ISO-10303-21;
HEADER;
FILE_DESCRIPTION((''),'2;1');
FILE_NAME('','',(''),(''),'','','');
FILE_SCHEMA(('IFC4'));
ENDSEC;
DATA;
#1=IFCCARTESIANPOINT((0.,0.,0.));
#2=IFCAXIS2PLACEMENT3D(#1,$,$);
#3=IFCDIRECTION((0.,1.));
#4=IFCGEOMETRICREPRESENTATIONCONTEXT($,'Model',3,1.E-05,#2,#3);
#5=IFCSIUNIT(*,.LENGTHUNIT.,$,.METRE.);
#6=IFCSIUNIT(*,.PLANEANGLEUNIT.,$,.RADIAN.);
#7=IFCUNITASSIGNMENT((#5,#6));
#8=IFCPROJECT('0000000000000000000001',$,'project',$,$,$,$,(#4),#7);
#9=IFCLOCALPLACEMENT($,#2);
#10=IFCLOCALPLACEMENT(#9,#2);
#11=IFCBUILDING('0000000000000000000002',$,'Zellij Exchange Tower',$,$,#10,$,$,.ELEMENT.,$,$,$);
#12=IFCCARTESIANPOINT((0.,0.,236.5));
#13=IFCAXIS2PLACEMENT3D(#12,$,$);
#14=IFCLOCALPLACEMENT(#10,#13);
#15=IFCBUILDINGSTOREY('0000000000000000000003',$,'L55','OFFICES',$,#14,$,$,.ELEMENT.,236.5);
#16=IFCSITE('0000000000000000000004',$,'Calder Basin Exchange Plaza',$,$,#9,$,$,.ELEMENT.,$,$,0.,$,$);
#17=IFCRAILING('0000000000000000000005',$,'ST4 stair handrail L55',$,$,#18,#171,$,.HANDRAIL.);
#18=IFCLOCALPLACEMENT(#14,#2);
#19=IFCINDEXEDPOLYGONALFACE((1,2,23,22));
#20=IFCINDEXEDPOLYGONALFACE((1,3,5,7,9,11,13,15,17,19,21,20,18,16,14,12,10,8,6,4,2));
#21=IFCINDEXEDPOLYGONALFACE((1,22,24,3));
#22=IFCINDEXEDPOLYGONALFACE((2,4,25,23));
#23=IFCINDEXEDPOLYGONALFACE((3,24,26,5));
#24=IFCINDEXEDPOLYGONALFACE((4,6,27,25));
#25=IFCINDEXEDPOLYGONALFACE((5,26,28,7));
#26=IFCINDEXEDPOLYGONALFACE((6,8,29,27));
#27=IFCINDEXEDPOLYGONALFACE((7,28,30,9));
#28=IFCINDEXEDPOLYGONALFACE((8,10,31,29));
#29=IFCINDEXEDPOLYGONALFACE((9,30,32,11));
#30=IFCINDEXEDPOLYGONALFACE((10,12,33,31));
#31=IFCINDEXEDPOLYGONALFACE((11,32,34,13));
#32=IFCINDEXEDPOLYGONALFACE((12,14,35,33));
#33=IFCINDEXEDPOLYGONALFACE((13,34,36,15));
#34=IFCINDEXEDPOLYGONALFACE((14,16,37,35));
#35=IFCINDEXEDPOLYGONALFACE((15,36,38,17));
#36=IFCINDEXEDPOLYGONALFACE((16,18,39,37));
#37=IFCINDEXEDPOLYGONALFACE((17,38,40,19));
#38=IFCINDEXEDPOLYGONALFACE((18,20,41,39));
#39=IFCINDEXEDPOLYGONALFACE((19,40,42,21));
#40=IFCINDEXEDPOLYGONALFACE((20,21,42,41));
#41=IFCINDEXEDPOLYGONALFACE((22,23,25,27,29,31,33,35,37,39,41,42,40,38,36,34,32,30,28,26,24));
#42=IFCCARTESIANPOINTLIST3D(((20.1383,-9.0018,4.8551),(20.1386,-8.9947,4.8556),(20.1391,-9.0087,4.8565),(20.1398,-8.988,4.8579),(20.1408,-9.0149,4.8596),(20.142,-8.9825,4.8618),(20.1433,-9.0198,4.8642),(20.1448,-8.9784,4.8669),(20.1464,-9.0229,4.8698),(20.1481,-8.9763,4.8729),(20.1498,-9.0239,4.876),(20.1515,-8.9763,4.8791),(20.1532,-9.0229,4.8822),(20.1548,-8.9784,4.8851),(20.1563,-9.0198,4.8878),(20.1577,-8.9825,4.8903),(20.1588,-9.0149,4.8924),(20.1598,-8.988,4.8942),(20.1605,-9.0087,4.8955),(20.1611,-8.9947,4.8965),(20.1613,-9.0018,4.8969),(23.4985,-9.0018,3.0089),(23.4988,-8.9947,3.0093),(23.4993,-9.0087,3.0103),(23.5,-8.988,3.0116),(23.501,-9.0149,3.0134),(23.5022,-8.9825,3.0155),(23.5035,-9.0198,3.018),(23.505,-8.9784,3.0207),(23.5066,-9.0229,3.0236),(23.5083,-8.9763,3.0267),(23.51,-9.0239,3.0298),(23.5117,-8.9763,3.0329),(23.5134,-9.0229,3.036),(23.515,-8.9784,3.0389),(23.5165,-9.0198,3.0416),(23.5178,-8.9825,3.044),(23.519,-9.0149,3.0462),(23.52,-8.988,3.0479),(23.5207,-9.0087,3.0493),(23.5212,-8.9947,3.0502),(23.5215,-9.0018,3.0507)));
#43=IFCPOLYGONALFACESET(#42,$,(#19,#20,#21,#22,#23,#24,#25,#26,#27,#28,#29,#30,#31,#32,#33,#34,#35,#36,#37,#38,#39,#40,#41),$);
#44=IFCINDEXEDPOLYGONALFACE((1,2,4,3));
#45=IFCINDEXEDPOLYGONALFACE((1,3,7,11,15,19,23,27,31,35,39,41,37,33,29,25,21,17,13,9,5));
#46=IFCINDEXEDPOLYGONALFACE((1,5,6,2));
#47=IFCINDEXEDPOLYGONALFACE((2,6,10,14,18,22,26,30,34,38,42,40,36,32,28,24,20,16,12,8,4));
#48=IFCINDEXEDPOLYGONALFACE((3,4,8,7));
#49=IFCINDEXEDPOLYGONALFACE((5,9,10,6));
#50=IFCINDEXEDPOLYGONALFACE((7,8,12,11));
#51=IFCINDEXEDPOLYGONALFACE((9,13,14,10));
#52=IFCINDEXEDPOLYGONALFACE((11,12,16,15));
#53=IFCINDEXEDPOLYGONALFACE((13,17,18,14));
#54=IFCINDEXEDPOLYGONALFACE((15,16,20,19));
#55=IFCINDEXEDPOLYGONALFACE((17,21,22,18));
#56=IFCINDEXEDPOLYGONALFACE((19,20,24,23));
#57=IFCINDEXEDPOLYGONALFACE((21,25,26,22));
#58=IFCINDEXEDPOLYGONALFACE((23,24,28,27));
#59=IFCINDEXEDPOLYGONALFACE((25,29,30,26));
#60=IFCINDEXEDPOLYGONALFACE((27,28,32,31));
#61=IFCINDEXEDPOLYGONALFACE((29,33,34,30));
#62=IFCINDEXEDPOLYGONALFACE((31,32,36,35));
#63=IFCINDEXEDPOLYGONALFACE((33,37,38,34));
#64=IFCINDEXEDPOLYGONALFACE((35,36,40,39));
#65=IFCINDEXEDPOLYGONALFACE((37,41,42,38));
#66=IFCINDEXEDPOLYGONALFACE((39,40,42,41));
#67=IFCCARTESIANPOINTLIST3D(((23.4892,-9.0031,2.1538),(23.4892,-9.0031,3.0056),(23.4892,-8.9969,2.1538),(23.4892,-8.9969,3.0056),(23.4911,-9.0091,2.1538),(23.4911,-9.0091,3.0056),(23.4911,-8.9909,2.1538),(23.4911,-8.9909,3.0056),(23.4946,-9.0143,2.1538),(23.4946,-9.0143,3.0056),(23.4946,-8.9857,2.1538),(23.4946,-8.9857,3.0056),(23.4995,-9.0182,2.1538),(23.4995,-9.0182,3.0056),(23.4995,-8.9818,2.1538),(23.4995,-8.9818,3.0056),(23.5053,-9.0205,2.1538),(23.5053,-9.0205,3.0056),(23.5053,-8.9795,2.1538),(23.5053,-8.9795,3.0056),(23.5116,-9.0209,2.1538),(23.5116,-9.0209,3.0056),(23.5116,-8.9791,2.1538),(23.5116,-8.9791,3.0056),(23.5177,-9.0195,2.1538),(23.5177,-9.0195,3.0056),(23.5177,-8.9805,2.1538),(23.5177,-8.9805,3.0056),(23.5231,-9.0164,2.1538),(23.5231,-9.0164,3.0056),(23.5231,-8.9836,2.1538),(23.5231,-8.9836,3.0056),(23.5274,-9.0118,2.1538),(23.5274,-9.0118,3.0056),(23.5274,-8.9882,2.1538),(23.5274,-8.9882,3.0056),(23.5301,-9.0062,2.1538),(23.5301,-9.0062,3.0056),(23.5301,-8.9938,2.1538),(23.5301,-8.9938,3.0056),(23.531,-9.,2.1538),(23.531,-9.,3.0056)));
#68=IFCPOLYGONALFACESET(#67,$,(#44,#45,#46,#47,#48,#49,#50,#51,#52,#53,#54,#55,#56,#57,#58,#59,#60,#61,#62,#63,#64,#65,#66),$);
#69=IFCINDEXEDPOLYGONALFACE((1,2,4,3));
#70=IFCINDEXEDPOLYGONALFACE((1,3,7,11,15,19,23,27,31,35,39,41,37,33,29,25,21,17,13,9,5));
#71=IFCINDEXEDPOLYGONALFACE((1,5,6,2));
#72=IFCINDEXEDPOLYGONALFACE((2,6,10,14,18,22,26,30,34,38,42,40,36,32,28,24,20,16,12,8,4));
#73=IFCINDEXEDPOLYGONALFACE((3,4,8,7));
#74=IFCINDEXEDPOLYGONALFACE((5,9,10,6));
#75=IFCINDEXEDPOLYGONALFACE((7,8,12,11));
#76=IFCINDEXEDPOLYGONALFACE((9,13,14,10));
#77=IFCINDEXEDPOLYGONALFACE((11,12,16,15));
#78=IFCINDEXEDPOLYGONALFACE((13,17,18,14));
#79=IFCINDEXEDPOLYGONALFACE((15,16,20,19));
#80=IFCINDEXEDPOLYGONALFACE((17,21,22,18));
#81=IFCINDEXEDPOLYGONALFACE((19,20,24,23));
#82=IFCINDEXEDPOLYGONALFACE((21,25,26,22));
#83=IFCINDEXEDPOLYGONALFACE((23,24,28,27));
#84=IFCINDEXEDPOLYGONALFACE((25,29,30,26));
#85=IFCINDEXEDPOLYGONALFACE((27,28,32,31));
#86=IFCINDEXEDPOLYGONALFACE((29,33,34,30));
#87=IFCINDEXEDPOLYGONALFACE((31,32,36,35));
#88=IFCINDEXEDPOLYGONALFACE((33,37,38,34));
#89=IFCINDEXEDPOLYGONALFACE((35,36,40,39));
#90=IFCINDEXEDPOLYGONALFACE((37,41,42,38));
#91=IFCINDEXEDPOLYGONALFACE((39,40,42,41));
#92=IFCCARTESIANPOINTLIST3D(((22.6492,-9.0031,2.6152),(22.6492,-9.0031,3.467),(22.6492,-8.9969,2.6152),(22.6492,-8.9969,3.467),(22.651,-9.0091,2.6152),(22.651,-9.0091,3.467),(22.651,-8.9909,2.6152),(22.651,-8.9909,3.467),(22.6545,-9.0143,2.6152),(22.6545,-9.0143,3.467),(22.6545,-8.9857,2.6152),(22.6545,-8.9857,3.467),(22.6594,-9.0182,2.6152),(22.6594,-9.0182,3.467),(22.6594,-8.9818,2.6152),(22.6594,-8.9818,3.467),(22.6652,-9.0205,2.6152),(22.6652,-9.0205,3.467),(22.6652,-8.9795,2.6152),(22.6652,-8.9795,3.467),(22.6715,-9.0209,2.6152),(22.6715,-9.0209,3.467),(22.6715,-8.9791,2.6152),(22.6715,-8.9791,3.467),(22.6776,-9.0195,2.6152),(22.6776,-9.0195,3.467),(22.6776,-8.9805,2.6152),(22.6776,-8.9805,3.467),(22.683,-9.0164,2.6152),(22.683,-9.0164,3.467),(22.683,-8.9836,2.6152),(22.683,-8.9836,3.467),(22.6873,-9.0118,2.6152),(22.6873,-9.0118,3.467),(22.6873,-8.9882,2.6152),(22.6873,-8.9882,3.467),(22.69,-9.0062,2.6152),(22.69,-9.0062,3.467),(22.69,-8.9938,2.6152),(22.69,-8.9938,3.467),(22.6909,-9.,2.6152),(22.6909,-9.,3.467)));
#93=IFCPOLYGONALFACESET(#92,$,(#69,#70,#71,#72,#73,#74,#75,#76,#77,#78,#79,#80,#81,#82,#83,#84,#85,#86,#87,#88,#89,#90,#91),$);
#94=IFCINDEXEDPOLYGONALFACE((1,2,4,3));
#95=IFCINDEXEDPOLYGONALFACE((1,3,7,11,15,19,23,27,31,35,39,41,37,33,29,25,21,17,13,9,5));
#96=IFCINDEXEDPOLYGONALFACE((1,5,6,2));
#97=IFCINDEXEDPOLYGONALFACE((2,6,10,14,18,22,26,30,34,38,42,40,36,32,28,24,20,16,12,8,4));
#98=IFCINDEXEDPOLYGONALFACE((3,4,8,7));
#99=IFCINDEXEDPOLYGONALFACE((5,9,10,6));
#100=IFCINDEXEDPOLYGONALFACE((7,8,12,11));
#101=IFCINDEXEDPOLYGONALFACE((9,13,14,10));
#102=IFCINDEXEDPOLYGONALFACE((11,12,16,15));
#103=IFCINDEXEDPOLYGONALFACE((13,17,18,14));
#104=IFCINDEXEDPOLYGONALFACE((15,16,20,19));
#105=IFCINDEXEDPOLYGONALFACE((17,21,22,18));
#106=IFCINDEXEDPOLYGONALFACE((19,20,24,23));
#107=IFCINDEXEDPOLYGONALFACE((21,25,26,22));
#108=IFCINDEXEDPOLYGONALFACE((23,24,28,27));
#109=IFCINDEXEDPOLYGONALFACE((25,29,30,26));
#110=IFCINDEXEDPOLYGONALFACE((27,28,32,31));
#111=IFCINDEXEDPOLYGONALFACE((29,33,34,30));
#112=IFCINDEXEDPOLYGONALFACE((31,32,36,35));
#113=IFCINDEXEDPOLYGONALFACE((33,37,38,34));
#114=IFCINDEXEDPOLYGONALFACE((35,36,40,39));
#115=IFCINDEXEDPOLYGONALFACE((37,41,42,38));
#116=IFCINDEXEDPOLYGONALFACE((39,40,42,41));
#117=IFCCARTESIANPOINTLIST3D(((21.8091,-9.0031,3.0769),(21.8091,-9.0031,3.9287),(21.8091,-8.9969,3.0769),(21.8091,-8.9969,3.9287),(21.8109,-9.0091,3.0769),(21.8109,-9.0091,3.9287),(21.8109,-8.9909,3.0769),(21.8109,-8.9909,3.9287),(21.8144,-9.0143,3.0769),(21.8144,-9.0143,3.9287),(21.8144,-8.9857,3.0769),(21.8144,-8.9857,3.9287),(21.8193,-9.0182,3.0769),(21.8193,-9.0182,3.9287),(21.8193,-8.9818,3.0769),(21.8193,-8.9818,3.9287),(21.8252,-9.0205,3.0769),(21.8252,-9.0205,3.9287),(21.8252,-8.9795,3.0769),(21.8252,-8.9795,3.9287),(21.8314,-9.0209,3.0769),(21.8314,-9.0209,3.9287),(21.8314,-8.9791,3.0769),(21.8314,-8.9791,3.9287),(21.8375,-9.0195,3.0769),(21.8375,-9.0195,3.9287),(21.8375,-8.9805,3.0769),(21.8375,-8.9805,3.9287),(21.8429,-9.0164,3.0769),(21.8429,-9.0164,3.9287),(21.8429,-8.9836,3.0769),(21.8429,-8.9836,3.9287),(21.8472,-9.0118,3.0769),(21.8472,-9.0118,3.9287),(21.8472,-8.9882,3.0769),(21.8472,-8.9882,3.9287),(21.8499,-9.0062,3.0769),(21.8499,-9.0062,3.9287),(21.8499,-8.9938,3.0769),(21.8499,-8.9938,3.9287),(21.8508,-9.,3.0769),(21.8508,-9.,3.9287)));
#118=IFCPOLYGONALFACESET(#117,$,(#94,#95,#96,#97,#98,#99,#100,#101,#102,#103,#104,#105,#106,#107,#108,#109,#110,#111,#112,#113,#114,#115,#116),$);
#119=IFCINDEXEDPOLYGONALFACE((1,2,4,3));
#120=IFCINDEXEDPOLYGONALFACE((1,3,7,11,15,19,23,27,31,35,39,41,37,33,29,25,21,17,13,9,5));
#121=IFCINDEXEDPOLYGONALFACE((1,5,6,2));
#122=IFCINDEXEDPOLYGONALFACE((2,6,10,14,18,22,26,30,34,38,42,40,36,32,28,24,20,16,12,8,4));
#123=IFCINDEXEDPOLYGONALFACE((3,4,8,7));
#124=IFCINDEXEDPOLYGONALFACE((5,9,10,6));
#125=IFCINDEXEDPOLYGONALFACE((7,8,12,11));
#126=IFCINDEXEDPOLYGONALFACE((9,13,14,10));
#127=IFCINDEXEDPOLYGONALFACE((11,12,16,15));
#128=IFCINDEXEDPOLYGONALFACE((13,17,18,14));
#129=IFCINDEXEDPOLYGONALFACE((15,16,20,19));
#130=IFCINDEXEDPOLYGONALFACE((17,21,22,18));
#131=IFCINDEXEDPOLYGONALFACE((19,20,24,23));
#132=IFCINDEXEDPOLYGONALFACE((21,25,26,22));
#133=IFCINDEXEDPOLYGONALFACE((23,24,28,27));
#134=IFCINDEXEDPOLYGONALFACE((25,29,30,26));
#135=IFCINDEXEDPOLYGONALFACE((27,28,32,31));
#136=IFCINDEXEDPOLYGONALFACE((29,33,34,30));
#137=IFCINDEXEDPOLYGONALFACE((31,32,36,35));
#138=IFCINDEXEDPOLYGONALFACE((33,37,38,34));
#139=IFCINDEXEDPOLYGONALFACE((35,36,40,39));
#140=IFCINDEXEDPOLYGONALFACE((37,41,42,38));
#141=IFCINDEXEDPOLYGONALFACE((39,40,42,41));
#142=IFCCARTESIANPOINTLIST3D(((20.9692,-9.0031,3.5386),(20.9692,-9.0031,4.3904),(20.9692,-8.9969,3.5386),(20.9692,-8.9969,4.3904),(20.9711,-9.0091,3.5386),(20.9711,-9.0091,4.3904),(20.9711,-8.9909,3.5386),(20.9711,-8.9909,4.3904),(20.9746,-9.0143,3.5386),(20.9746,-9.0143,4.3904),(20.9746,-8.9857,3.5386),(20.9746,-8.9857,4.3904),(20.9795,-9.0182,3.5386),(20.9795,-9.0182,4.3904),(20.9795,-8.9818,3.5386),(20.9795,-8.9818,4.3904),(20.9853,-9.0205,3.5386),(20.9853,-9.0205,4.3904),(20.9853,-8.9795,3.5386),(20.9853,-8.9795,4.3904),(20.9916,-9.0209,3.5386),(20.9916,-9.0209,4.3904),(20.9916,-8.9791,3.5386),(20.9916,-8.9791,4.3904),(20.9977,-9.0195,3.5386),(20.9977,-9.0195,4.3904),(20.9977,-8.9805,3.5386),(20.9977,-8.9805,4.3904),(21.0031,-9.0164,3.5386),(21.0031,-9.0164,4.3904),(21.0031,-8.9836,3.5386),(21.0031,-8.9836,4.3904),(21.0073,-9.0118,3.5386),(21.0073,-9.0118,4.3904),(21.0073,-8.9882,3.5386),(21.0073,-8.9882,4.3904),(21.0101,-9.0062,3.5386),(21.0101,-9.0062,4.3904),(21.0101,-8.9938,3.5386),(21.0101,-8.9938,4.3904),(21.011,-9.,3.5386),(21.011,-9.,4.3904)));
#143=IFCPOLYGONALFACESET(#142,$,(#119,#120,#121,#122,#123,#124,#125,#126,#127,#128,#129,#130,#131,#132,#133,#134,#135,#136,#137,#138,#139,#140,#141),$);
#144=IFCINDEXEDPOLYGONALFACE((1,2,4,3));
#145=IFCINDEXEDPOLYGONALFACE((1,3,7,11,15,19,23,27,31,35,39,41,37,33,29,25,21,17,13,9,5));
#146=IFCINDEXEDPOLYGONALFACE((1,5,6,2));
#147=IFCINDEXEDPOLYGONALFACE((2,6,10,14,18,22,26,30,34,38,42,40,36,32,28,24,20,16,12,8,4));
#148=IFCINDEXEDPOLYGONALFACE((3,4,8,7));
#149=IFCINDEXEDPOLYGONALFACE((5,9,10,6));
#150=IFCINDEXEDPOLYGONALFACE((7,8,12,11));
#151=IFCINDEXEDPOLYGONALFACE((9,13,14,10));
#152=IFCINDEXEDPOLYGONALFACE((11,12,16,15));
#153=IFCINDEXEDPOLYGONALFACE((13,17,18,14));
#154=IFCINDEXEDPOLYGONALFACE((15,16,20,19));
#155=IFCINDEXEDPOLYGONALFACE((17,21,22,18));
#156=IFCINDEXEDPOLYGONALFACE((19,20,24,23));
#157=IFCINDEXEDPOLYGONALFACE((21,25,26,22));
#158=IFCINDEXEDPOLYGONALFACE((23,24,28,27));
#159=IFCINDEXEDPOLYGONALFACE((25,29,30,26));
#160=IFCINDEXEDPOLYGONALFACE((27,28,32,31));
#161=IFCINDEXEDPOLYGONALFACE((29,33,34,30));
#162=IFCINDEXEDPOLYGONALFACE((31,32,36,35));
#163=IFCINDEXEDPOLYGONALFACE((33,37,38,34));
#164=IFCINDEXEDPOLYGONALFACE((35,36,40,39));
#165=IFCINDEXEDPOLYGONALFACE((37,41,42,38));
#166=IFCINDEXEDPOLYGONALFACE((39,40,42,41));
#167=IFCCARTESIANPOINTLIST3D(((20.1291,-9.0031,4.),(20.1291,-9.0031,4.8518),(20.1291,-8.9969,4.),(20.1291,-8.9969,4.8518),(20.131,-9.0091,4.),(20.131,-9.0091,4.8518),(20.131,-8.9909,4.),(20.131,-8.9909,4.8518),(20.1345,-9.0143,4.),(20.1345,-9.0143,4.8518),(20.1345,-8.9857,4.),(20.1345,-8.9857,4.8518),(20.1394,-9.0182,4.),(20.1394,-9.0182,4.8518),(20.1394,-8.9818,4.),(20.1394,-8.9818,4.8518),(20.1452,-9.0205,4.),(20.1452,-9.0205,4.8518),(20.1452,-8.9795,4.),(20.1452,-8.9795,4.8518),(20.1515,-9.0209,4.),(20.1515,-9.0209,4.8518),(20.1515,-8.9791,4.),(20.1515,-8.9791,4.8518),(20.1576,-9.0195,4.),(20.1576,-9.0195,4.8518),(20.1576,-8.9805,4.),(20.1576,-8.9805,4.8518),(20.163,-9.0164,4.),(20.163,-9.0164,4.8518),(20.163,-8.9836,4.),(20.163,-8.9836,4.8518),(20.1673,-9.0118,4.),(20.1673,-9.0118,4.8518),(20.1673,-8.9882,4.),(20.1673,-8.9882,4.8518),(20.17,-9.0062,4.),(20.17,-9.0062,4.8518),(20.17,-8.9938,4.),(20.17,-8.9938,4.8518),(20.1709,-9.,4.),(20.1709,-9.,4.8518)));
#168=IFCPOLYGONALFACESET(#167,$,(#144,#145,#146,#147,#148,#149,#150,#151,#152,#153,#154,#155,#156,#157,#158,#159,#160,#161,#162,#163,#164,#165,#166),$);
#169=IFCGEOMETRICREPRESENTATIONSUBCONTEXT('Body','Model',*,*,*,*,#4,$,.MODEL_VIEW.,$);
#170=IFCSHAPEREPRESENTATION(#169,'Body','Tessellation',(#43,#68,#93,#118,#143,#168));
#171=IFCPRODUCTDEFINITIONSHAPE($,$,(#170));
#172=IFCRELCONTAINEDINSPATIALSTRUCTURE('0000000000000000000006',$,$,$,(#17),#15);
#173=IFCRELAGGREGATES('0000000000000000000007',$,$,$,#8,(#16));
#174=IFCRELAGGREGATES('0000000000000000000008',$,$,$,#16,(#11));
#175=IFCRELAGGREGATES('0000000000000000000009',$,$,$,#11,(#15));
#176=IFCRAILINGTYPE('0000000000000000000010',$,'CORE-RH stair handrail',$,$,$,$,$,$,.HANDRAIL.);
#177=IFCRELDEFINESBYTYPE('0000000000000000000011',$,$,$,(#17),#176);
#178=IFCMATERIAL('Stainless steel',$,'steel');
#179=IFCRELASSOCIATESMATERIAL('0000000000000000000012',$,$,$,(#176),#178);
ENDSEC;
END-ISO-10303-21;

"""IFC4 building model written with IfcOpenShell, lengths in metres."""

from ifc_helpers import new_model, si_unit, direction, frame, origin, origin_2d, place, context, subcontext, project, spatial, circle, extrude, material, type_object, element, save


model = new_model("IFC4")

# Units and contexts
model_context = context("Model", 3, precision=1e-05, world=origin(), true_north=direction((0.0, 1.0)))
body_context = subcontext(model_context, "Body", "Model", "MODEL_VIEW")
ifc_project = project(units=[si_unit("LENGTHUNIT", "METRE"), si_unit("PLANEANGLEUNIT", "RADIAN")], contexts=[model_context])

# Site, building, storey
site_placement = place(None, origin())
site = spatial("IfcSite", under=ifc_project, at=site_placement, Name="Calder Basin Exchange Plaza", CompositionType="ELEMENT", RefElevation=0.0)
building_placement = place(site_placement, origin())
building = spatial("IfcBuilding", under=site, at=building_placement, Name="Zellij Exchange Tower", CompositionType="ELEMENT")
storey_placement = place(building_placement, frame((0.0, 0.0, 236.5)))
storey = spatial("IfcBuildingStorey", under=building, at=storey_placement, Name="L55", Description="OFFICES", CompositionType="ELEMENT", Elevation=236.5)

# Railing
ifc_material_1 = material(Name="Stainless steel", Category="steel")
railing_type_1 = type_object("IfcRailingType", Name="CORE-RH stair handrail", PredefinedType="HANDRAIL", material=ifc_material_1)
railing_1_placement = place(storey_placement, frame((23.51, -9.0, 2.1538)))
element("IfcRailing", 1, at=railing_1_placement, inside=storey, type_object=railing_type_1, Name="ST4 stair handrail L55", PredefinedType="HANDRAIL", context=body_context, shape_type="SweptSolid", body=[
    extrude(circle(Radius=0.0239, at=origin_2d()), frame((0.0, 0.0, 0.876), z_axis=(-0.876422, 0.0, 0.481545), x_axis=(0.0, -1.0, 0.0)), (0.0, 0.0, 1.0), 3.834),
    extrude(circle(Radius=0.021, at=origin_2d()), origin(), (0.0, 0.0, 1.0), 0.8518),
    extrude(circle(Radius=0.021, at=origin_2d()), frame((-0.8401, 0.0, 0.4614)), (0.0, 0.0, 1.0), 0.8518),
    extrude(circle(Radius=0.021, at=origin_2d()), frame((-1.6802, 0.0, 0.9231)), (0.0, 0.0, 1.0), 0.8518),
    extrude(circle(Radius=0.021, at=origin_2d()), frame((-2.52, 0.0, 1.3848)), (0.0, 0.0, 1.0), 0.8518),
    extrude(circle(Radius=0.021, at=origin_2d()), frame((-3.3601, 0.0, 1.8462)), (0.0, 0.0, 1.0), 0.8518),
])

save(model, "model.ifc")
